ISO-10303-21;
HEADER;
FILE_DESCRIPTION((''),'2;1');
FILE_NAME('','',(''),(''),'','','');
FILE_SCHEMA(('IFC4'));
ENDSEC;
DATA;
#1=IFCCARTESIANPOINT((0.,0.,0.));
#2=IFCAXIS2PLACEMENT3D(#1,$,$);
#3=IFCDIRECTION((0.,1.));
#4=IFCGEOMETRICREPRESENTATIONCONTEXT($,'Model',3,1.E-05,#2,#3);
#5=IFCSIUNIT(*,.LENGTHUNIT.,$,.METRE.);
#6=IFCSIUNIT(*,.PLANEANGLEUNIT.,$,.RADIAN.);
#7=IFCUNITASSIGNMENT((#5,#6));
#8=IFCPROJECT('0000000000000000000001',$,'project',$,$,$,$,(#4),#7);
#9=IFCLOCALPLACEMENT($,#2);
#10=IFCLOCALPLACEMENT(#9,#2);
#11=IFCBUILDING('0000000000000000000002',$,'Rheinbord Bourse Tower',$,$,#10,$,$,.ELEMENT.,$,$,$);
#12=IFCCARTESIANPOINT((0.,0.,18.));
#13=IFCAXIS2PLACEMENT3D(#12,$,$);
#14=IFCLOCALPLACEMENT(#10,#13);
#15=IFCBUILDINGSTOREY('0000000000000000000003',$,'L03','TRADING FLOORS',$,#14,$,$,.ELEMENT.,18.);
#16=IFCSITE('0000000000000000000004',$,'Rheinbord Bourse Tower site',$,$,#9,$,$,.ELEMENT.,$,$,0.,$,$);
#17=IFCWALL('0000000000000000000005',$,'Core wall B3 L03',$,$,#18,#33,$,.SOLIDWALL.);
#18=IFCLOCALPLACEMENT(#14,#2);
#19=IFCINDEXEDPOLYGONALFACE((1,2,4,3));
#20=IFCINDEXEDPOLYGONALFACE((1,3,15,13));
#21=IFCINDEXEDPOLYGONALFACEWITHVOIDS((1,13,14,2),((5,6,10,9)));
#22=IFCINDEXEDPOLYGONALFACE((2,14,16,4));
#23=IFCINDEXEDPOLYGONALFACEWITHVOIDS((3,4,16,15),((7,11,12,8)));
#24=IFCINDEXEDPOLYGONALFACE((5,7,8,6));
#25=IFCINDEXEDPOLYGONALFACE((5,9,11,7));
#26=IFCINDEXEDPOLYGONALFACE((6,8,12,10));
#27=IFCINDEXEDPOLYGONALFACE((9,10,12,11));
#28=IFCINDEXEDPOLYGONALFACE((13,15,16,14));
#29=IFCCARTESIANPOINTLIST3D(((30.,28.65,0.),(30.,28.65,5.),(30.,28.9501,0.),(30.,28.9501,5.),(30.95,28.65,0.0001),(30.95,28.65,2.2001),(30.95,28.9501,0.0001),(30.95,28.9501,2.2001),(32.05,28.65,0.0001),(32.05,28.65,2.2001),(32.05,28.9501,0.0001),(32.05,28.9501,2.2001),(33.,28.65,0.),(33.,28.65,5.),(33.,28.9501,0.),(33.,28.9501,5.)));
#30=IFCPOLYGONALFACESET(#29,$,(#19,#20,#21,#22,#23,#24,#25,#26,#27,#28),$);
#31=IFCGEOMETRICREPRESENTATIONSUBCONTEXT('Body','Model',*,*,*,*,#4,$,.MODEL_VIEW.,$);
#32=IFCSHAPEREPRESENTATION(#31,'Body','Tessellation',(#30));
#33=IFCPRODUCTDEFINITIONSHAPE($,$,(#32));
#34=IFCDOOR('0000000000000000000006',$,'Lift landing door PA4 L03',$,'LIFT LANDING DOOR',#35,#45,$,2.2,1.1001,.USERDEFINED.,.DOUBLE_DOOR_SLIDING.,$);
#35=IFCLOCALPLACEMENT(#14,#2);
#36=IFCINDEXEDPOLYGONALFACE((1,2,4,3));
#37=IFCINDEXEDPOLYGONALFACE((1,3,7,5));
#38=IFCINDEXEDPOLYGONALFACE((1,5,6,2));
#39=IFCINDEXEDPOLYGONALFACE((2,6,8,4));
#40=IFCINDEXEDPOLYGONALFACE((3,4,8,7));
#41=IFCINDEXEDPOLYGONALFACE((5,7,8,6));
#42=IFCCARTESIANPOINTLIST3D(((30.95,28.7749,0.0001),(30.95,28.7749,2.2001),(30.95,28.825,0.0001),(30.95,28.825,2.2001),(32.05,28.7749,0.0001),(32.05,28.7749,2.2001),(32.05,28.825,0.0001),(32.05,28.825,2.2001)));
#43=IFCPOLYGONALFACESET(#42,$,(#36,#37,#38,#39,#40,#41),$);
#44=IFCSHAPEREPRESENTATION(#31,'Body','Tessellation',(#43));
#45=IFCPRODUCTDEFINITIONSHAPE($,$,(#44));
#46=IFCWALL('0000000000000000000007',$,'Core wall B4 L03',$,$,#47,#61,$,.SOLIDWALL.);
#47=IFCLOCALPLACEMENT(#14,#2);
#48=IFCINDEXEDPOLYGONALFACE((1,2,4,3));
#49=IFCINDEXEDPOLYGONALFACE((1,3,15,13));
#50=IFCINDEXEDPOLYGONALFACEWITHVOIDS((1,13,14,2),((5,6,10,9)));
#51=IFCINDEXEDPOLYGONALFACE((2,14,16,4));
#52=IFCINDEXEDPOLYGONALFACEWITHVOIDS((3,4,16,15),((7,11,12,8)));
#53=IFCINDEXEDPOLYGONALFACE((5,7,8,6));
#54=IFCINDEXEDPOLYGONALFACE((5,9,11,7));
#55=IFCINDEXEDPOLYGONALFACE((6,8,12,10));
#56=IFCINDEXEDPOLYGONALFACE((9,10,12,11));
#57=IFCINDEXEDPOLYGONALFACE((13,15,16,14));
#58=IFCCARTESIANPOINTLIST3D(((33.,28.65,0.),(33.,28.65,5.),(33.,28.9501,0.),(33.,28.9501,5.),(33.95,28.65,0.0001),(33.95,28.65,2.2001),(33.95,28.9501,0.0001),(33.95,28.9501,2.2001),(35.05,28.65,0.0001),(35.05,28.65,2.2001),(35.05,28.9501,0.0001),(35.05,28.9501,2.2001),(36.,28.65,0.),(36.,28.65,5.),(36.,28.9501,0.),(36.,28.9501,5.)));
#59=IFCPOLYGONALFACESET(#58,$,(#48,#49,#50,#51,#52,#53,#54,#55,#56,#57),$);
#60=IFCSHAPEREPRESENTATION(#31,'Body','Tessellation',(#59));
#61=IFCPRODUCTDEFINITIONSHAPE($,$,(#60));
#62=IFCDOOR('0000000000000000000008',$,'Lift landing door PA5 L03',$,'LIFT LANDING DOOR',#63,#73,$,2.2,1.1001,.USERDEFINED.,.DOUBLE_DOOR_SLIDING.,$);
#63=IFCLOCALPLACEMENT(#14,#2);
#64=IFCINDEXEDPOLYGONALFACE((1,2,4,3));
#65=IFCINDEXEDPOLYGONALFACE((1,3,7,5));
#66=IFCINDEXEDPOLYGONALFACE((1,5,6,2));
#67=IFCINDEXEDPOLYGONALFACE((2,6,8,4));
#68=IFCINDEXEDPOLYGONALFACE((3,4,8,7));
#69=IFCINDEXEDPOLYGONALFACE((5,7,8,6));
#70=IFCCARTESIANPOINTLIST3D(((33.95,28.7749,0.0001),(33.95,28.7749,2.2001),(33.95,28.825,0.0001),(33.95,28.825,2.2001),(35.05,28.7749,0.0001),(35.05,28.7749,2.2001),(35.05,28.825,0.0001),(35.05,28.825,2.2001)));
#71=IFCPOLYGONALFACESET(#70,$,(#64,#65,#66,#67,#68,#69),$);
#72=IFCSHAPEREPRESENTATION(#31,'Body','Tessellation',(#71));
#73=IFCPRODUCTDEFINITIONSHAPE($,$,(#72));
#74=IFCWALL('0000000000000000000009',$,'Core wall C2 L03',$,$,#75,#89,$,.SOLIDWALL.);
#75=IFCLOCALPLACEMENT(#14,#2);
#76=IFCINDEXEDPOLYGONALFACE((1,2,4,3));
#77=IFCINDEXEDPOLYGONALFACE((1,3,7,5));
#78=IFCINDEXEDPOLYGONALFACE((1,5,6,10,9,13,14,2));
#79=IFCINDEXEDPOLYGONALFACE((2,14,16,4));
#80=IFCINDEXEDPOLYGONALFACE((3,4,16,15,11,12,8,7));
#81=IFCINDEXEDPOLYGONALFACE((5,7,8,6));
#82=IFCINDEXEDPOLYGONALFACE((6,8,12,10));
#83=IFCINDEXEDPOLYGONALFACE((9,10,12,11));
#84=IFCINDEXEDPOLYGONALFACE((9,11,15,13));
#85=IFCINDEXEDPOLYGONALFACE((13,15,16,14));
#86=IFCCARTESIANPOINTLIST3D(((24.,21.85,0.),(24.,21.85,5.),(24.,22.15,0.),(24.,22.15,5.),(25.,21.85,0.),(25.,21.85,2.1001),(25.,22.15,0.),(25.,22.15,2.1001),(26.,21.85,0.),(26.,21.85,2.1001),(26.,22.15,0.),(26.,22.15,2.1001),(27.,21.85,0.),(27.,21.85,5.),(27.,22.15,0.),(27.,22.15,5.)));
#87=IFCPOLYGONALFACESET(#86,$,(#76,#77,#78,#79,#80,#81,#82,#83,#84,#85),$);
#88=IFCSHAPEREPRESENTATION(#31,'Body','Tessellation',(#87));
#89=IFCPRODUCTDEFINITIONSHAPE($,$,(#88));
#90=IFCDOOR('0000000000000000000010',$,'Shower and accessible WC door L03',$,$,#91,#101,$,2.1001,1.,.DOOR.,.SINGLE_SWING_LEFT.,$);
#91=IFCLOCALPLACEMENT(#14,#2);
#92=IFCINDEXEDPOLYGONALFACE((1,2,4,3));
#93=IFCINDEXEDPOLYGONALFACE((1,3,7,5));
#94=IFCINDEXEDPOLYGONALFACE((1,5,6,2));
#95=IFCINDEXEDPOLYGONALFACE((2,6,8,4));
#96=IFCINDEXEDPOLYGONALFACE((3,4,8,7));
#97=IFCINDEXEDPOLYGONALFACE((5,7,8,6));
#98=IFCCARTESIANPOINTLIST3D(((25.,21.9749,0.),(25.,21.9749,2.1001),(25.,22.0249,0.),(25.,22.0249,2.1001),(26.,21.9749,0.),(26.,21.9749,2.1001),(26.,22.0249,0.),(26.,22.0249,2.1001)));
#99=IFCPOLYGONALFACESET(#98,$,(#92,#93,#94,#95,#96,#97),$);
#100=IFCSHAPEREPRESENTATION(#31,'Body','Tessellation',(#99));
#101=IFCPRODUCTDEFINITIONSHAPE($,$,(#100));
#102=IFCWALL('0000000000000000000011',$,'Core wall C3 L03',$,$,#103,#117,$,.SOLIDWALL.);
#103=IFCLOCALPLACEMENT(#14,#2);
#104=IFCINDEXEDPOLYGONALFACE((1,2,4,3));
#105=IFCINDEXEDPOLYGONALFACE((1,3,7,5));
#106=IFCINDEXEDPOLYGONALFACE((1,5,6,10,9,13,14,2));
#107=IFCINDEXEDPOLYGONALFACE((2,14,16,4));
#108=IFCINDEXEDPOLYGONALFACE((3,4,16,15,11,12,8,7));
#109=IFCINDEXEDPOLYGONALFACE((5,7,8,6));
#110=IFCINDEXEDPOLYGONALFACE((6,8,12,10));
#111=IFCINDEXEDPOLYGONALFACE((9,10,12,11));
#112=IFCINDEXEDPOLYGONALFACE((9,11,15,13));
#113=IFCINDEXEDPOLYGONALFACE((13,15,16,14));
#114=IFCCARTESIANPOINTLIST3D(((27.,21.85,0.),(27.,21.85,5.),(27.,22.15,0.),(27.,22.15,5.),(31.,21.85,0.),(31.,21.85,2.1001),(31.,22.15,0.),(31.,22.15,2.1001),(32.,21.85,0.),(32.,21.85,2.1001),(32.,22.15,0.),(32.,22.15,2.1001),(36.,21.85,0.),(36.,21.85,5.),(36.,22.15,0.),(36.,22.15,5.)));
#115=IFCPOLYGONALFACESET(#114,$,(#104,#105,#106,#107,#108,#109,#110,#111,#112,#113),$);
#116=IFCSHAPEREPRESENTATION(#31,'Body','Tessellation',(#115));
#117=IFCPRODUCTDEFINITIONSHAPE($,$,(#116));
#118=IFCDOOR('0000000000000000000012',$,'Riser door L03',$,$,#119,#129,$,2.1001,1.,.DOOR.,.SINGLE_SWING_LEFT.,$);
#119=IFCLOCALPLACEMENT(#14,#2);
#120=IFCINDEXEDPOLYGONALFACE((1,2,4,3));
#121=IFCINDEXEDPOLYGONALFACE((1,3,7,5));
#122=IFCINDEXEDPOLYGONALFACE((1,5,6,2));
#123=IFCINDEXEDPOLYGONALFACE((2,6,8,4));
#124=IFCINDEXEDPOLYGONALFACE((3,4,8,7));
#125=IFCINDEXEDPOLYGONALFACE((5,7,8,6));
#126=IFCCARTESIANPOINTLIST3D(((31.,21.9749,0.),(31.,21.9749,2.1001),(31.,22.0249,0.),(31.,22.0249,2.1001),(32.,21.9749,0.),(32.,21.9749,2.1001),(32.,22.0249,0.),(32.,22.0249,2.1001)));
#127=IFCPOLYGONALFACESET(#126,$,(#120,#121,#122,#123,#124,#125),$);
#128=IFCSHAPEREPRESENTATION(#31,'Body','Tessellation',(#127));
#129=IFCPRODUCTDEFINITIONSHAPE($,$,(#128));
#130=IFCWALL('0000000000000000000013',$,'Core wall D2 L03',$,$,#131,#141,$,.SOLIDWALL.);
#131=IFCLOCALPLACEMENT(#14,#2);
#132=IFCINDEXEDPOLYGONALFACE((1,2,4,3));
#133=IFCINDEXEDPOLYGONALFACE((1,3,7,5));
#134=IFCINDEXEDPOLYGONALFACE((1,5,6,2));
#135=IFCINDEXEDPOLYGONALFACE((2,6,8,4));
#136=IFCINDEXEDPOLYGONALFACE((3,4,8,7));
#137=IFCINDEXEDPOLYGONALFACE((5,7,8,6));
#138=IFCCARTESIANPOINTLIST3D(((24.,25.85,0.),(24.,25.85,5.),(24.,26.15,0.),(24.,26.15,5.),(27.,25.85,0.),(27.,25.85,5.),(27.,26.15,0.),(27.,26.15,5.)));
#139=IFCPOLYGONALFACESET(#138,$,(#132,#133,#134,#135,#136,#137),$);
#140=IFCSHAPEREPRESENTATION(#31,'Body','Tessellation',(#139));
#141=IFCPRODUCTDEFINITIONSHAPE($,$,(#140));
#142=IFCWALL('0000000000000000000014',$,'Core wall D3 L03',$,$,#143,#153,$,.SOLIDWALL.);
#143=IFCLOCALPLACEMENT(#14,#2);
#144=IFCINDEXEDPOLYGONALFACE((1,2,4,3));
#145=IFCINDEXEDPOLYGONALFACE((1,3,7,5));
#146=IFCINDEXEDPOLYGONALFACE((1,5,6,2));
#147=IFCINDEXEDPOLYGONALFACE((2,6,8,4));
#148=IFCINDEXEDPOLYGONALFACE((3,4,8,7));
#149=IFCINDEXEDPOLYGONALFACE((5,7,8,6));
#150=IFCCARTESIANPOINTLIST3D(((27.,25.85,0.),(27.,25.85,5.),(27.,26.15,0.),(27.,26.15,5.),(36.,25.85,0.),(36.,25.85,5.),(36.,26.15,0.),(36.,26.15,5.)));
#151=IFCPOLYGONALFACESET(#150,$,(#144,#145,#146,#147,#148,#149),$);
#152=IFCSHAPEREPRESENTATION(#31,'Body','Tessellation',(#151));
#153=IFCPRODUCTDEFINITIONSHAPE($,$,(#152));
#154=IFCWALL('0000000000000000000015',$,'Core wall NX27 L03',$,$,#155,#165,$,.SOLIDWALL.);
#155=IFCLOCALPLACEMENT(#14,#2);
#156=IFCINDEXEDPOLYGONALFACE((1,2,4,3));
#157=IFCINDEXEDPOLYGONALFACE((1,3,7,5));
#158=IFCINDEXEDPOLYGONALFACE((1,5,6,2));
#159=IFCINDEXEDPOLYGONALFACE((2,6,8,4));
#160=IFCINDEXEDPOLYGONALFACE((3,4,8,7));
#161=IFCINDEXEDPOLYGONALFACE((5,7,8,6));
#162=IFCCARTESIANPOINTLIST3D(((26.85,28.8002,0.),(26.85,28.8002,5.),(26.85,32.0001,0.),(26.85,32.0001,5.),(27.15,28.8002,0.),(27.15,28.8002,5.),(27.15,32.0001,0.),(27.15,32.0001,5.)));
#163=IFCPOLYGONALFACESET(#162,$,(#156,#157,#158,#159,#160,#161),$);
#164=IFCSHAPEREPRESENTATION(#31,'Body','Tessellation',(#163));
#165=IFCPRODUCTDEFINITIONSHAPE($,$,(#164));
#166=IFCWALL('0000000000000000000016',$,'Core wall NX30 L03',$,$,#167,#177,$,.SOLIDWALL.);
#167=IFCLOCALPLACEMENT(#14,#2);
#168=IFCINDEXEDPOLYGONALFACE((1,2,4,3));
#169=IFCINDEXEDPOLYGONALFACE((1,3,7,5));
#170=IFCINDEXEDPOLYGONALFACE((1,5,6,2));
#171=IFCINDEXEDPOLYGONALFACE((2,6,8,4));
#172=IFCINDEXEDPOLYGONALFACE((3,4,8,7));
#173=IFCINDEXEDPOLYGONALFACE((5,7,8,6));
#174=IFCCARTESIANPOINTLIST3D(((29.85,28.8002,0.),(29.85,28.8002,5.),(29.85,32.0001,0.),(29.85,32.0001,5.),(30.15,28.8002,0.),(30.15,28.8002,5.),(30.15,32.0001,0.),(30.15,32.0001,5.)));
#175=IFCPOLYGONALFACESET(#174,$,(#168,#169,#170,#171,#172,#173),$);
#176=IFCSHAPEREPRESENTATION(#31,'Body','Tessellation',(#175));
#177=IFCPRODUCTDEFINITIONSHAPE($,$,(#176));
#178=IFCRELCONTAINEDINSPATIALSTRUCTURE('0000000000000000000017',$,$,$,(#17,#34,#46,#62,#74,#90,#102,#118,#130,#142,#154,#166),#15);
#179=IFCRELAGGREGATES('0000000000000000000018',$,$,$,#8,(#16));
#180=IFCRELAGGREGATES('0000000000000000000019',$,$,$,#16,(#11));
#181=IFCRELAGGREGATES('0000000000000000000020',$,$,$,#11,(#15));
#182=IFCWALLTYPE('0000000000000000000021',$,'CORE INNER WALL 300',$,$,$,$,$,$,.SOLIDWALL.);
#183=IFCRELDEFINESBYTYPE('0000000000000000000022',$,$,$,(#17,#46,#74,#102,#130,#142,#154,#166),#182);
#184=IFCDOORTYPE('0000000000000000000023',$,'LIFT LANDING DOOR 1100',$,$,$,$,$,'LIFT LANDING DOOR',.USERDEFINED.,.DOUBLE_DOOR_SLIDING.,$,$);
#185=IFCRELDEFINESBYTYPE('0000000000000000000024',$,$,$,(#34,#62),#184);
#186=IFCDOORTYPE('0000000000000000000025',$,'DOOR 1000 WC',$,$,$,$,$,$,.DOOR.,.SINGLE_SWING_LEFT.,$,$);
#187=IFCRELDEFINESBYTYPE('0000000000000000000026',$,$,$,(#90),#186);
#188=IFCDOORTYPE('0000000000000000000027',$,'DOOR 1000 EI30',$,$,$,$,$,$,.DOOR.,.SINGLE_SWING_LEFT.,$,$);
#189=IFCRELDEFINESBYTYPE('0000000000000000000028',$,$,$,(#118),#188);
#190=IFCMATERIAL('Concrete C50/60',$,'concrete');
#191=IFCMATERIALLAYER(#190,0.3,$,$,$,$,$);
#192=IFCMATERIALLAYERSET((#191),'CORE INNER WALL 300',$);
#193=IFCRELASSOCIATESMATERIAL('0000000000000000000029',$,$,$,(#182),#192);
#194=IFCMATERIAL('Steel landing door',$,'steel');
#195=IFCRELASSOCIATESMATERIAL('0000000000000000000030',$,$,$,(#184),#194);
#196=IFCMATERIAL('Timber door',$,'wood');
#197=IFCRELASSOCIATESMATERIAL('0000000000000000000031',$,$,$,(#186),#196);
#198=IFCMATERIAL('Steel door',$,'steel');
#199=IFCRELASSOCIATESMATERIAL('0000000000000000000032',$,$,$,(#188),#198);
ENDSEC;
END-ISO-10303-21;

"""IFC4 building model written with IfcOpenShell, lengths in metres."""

from ifc_helpers import new_model, si_unit, direction, frame, frame_2d, origin, place, context, subcontext, project, spatial, rectangle, extrude, material, layer, layer_set, type_object, element, fill, save


model = new_model("IFC4")

# Units and contexts
model_context = context("Model", 3, precision=1e-05, world=origin(), true_north=direction((0.0, 1.0)))
body_context = subcontext(model_context, "Body", "Model", "MODEL_VIEW")
ifc_project = project(units=[si_unit("LENGTHUNIT", "METRE"), si_unit("PLANEANGLEUNIT", "RADIAN")], contexts=[model_context])

# Site, building, storey
site_placement = place(None, origin())
site = spatial("IfcSite", under=ifc_project, at=site_placement, Name="Rheinbord Bourse Tower site", CompositionType="ELEMENT", RefElevation=0.0)
building_placement = place(site_placement, origin())
building = spatial("IfcBuilding", under=site, at=building_placement, Name="Rheinbord Bourse Tower", CompositionType="ELEMENT")
storey_placement = place(building_placement, frame((0.0, 0.0, 18.0)))
storey = spatial("IfcBuildingStorey", under=building, at=storey_placement, Name="L03", Description="TRADING FLOORS", CompositionType="ELEMENT", Elevation=18.0)

# Walls, openings, doors
ifc_material_1 = material(Name="Concrete C50/60", Category="concrete")
ifc_layer_1 = layer(ifc_material_1, 0.3)
ifc_layer_set_1 = layer_set([ifc_layer_1], Name="CORE INNER WALL 300")
wall_type_1 = type_object("IfcWallType", Name="CORE INNER WALL 300", PredefinedType="SOLIDWALL", material=ifc_layer_set_1)
ifc_material_2 = material(Name="Steel landing door", Category="steel")
door_type_1 = type_object("IfcDoorType", Name="LIFT LANDING DOOR 1100", ElementType="LIFT LANDING DOOR", OperationType="DOUBLE_DOOR_SLIDING", PredefinedType="USERDEFINED", material=ifc_material_2)
wall_1_placement = place(storey_placement, frame((30.0, 28.8, 0.0), z_axis=(0.0, 0.0, 1.0), x_axis=(1.0, 0.0, 0.0)))
wall_1 = element("IfcWall", 1, at=wall_1_placement, inside=storey, type_object=wall_type_1, Name="Core wall B3 L03", PredefinedType="SOLIDWALL", context=body_context, shape_type="SweptSolid", body=[
    extrude(rectangle(XDim=3.0, YDim=0.3, at=frame_2d((1.5, 0.0))), origin(), (0.0, 0.0, 1.0), 5.0),
])
opening_1_placement = place(wall_1_placement, frame((0.95, 0.0, 0.0)))
opening_1 = element("IfcOpeningElement", 2, at=opening_1_placement, cuts=wall_1, PredefinedType="OPENING", context=body_context, shape_type="SweptSolid", body=[
    extrude(rectangle(XDim=1.1001, YDim=2.2, at=frame_2d((0.55, 1.1001))), frame((0.0, 0.1599, 0.0), z_axis=(0.0, -1.0, 0.0), x_axis=(1.0, 0.0, 0.0)), (0.0, 0.0, 1.0), 0.3201),
])
door_1_placement = place(opening_1_placement, origin())
door_1 = element("IfcDoor", 3, at=door_1_placement, inside=storey, type_object=door_type_1, Name="Lift landing door PA4 L03", ObjectType="LIFT LANDING DOOR", OperationType="DOUBLE_DOOR_SLIDING", OverallHeight=2.2, OverallWidth=1.1001, PredefinedType="USERDEFINED", context=body_context, shape_type="SweptSolid", body=[
    extrude(rectangle(XDim=1.1001, YDim=2.2, at=frame_2d((0.55, 1.1001))), frame((0.0, 0.0249, 0.0), z_axis=(0.0, -1.0, 0.0), x_axis=(1.0, 0.0, 0.0)), (0.0, 0.0, 1.0), 0.05),
])
fill(opening_1, door_1)
wall_2_placement = place(storey_placement, frame((33.0, 28.8, 0.0), z_axis=(0.0, 0.0, 1.0), x_axis=(1.0, 0.0, 0.0)))
wall_2 = element("IfcWall", 4, at=wall_2_placement, inside=storey, type_object=wall_type_1, Name="Core wall B4 L03", PredefinedType="SOLIDWALL", context=body_context, shape_type="SweptSolid", body=[
    extrude(rectangle(XDim=3.0, YDim=0.3, at=frame_2d((1.5, 0.0))), origin(), (0.0, 0.0, 1.0), 5.0),
])
opening_2_placement = place(wall_2_placement, frame((0.95, 0.0, 0.0)))
opening_2 = element("IfcOpeningElement", 5, at=opening_2_placement, cuts=wall_2, PredefinedType="OPENING", context=body_context, shape_type="SweptSolid", body=[
    extrude(rectangle(XDim=1.1001, YDim=2.2, at=frame_2d((0.55, 1.1001))), frame((0.0, 0.1599, 0.0), z_axis=(0.0, -1.0, 0.0), x_axis=(1.0, 0.0, 0.0)), (0.0, 0.0, 1.0), 0.3201),
])
door_2_placement = place(opening_2_placement, origin())
door_2 = element("IfcDoor", 6, at=door_2_placement, inside=storey, type_object=door_type_1, Name="Lift landing door PA5 L03", ObjectType="LIFT LANDING DOOR", OperationType="DOUBLE_DOOR_SLIDING", OverallHeight=2.2, OverallWidth=1.1001, PredefinedType="USERDEFINED", context=body_context, shape_type="SweptSolid", body=[
    extrude(rectangle(XDim=1.1001, YDim=2.2, at=frame_2d((0.55, 1.1001))), frame((0.0, 0.0249, 0.0), z_axis=(0.0, -1.0, 0.0), x_axis=(1.0, 0.0, 0.0)), (0.0, 0.0, 1.0), 0.05),
])
fill(opening_2, door_2)
wall_3_placement = place(storey_placement, frame((24.0, 22.0, 0.0), z_axis=(0.0, 0.0, 1.0), x_axis=(1.0, 0.0, 0.0)))
wall_3 = element("IfcWall", 7, at=wall_3_placement, inside=storey, type_object=wall_type_1, Name="Core wall C2 L03", PredefinedType="SOLIDWALL", context=body_context, shape_type="SweptSolid", body=[
    extrude(rectangle(XDim=3.0, YDim=0.3, at=frame_2d((1.5, 0.0))), origin(), (0.0, 0.0, 1.0), 5.0),
])
opening_3_placement = place(wall_3_placement, frame((1.0, 0.0, 0.0)))
opening_3 = element("IfcOpeningElement", 8, at=opening_3_placement, cuts=wall_3, PredefinedType="OPENING", context=body_context, shape_type="SweptSolid", body=[
    extrude(rectangle(XDim=1.0, YDim=2.1001, at=frame_2d((0.5, 1.05))), frame((0.0, 0.1599, 0.0), z_axis=(0.0, -1.0, 0.0), x_axis=(1.0, 0.0, 0.0)), (0.0, 0.0, 1.0), 0.3201),
])
ifc_material_3 = material(Name="Timber door", Category="wood")
door_type_2 = type_object("IfcDoorType", Name="DOOR 1000 WC", OperationType="SINGLE_SWING_LEFT", PredefinedType="DOOR", material=ifc_material_3)
door_3_placement = place(opening_3_placement, origin())
door_3 = element("IfcDoor", 9, at=door_3_placement, inside=storey, type_object=door_type_2, Name="Shower and accessible WC door L03", OperationType="SINGLE_SWING_LEFT", OverallHeight=2.1001, OverallWidth=1.0, PredefinedType="DOOR", context=body_context, shape_type="SweptSolid", body=[
    extrude(rectangle(XDim=1.0, YDim=2.1001, at=frame_2d((0.5, 1.05))), frame((0.0, 0.0249, 0.0), z_axis=(0.0, -1.0, 0.0), x_axis=(1.0, 0.0, 0.0)), (0.0, 0.0, 1.0), 0.05),
])
fill(opening_3, door_3)
wall_4_placement = place(storey_placement, frame((27.0, 22.0, 0.0), z_axis=(0.0, 0.0, 1.0), x_axis=(1.0, 0.0, 0.0)))
wall_4 = element("IfcWall", 10, at=wall_4_placement, inside=storey, type_object=wall_type_1, Name="Core wall C3 L03", PredefinedType="SOLIDWALL", context=body_context, shape_type="SweptSolid", body=[
    extrude(rectangle(XDim=9.0, YDim=0.3, at=frame_2d((4.5, 0.0))), origin(), (0.0, 0.0, 1.0), 5.0),
])
opening_4_placement = place(wall_4_placement, frame((4.0, 0.0, 0.0)))
opening_4 = element("IfcOpeningElement", 11, at=opening_4_placement, cuts=wall_4, PredefinedType="OPENING", context=body_context, shape_type="SweptSolid", body=[
    extrude(rectangle(XDim=1.0, YDim=2.1001, at=frame_2d((0.5, 1.05))), frame((0.0, 0.1599, 0.0), z_axis=(0.0, -1.0, 0.0), x_axis=(1.0, 0.0, 0.0)), (0.0, 0.0, 1.0), 0.3201),
])
ifc_material_4 = material(Name="Steel door", Category="steel")
door_type_3 = type_object("IfcDoorType", Name="DOOR 1000 EI30", OperationType="SINGLE_SWING_LEFT", PredefinedType="DOOR", material=ifc_material_4)
door_4_placement = place(opening_4_placement, origin())
door_4 = element("IfcDoor", 12, at=door_4_placement, inside=storey, type_object=door_type_3, Name="Riser door L03", OperationType="SINGLE_SWING_LEFT", OverallHeight=2.1001, OverallWidth=1.0, PredefinedType="DOOR", context=body_context, shape_type="SweptSolid", body=[
    extrude(rectangle(XDim=1.0, YDim=2.1001, at=frame_2d((0.5, 1.05))), frame((0.0, 0.0249, 0.0), z_axis=(0.0, -1.0, 0.0), x_axis=(1.0, 0.0, 0.0)), (0.0, 0.0, 1.0), 0.05),
])
fill(opening_4, door_4)

# Walls
wall_5_placement = place(storey_placement, frame((24.0, 26.0, 0.0), z_axis=(0.0, 0.0, 1.0), x_axis=(1.0, 0.0, 0.0)))
element("IfcWall", 13, at=wall_5_placement, inside=storey, type_object=wall_type_1, Name="Core wall D2 L03", PredefinedType="SOLIDWALL", context=body_context, shape_type="SweptSolid", body=[
    extrude(rectangle(XDim=3.0, YDim=0.3, at=frame_2d((1.5, 0.0))), origin(), (0.0, 0.0, 1.0), 5.0),
])
wall_6_placement = place(storey_placement, frame((27.0, 26.0, 0.0), z_axis=(0.0, 0.0, 1.0), x_axis=(1.0, 0.0, 0.0)))
element("IfcWall", 14, at=wall_6_placement, inside=storey, type_object=wall_type_1, Name="Core wall D3 L03", PredefinedType="SOLIDWALL", context=body_context, shape_type="SweptSolid", body=[
    extrude(rectangle(XDim=9.0, YDim=0.3, at=frame_2d((4.5, 0.0))), origin(), (0.0, 0.0, 1.0), 5.0),
])
for number, where, z_axis, x_axis, name in (
    (15, (27.0, 28.8, 0.0), (0.0, 0.0, 1.0), (0.0, 1.0, 0.0), "Core wall NX27 L03"),
    (16, (30.0, 28.8, 0.0), (0.0, 0.0, 1.0), (0.0, 1.0, 0.0), "Core wall NX30 L03"),
):
    element("IfcWall", number, at=place(storey_placement, frame(where, z_axis=z_axis, x_axis=x_axis)), inside=storey, type_object=wall_type_1, Name=name, PredefinedType="SOLIDWALL", context=body_context, shape_type="SweptSolid", body=[
        extrude(rectangle(XDim=3.2, YDim=0.3, at=frame_2d((1.6001, 0.0))), origin(), (0.0, 0.0, 1.0), 5.0),
    ])

save(model, "model.ifc")
